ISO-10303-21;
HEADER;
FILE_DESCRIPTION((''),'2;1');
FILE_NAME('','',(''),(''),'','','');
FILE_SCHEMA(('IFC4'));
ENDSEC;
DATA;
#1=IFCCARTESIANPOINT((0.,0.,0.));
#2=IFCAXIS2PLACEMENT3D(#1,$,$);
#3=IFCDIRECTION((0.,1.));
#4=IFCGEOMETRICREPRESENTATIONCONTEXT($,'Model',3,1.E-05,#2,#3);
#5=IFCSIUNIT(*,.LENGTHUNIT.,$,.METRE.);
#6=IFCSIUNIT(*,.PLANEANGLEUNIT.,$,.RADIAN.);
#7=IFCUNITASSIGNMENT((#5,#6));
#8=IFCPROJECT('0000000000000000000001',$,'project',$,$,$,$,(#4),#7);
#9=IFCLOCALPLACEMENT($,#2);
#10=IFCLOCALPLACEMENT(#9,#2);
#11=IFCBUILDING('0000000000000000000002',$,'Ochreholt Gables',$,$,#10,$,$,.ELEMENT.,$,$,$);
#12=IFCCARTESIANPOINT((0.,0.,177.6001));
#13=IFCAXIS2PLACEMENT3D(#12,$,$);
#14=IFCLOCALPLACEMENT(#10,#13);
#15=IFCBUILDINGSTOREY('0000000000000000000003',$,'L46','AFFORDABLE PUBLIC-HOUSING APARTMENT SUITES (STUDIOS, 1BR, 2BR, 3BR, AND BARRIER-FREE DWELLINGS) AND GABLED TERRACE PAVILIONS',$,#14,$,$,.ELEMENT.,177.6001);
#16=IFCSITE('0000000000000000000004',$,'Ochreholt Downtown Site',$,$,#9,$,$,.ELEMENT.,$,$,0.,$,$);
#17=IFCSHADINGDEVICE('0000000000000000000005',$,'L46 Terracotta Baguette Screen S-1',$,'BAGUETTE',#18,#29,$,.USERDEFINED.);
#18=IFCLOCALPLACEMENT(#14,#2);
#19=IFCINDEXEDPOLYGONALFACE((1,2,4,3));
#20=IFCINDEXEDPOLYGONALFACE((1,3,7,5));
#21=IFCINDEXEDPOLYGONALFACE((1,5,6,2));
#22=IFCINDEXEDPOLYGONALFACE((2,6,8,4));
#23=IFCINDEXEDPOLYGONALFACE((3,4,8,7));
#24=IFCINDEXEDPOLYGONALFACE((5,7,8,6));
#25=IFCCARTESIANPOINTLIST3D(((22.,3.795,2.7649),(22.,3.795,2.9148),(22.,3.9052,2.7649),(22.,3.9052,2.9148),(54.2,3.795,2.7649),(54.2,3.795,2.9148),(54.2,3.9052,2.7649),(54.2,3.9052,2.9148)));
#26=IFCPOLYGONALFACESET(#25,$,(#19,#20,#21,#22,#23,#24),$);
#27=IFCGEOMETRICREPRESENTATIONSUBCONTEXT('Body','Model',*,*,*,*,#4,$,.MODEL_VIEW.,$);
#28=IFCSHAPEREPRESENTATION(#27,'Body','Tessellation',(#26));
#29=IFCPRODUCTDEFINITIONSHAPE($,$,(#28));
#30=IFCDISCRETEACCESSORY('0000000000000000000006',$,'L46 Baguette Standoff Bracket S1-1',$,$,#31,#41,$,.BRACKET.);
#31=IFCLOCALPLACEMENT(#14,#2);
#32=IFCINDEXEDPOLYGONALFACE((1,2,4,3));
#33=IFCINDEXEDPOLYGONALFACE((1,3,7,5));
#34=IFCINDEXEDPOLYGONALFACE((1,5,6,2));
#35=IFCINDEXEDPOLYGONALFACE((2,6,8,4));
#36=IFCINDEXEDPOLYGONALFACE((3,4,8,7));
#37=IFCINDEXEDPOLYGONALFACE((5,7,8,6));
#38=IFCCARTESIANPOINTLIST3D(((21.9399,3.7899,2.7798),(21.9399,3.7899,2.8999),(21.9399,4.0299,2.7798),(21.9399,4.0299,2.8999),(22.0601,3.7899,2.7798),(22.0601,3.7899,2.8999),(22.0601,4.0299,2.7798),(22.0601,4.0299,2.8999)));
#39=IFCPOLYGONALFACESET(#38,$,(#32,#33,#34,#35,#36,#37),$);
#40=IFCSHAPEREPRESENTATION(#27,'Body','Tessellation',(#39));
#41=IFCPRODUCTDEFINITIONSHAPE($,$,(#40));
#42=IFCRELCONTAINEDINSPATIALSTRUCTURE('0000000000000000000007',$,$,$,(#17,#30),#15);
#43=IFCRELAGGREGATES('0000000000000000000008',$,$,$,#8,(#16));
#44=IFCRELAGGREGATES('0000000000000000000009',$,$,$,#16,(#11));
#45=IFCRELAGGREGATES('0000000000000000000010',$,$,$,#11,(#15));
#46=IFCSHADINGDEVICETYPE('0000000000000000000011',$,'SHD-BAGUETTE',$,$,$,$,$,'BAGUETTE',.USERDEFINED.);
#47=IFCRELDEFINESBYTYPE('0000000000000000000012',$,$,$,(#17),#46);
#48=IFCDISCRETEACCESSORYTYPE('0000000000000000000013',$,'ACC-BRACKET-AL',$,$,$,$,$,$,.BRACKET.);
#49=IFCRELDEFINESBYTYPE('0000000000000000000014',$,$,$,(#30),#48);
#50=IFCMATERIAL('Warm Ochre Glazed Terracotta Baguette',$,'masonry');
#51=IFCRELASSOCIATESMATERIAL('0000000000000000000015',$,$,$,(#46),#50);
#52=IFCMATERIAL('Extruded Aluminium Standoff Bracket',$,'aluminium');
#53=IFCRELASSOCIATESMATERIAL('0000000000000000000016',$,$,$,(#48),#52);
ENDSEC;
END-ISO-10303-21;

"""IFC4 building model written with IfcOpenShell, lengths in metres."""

from ifc_helpers import new_model, si_unit, direction, frame, origin, origin_2d, place, context, subcontext, project, spatial, rectangle, extrude, material, material_profile, profile_set, type_object, element, save


model = new_model("IFC4")

# Units and contexts
model_context = context("Model", 3, precision=1e-05, world=origin(), true_north=direction((0.0, 1.0)))
body_context = subcontext(model_context, "Body", "Model", "MODEL_VIEW")
ifc_project = project(units=[si_unit("LENGTHUNIT", "METRE"), si_unit("PLANEANGLEUNIT", "RADIAN")], contexts=[model_context])

# Site, building, storey
site_placement = place(None, origin())
site = spatial("IfcSite", under=ifc_project, at=site_placement, Name="Ochreholt Downtown Site", CompositionType="ELEMENT", RefElevation=0.0)
building_placement = place(site_placement, origin())
building = spatial("IfcBuilding", under=site, at=building_placement, Name="Ochreholt Gables", CompositionType="ELEMENT")
storey_placement = place(building_placement, frame((0.0, 0.0, 177.6001)))
storey = spatial("IfcBuildingStorey", under=building, at=storey_placement, Name="L46", Description="AFFORDABLE PUBLIC-HOUSING APARTMENT SUITES (STUDIOS, 1BR, 2BR, 3BR, AND BARRIER-FREE DWELLINGS) AND GABLED TERRACE PAVILIONS", CompositionType="ELEMENT", Elevation=177.6001)

# Shading device
ifc_material_1 = material(Name="Warm Ochre Glazed Terracotta Baguette", Category="masonry")
ifc_material_profile_1 = material_profile(ifc_material_1, rectangle(XDim=0.1101, YDim=0.1499, at=origin_2d()), Name="TCBAG110X150")
ifc_profile_set_1 = profile_set([ifc_material_profile_1], Name="Warm Ochre Glazed Terracotta Baguette")
shading_device_type = type_object("IfcShadingDeviceType", Name="SHD-BAGUETTE", ElementType="BAGUETTE", PredefinedType="USERDEFINED", material=ifc_profile_set_1)
shading_device_placement = place(storey_placement, frame((22.0, 3.8501, 2.8398), z_axis=(1.0, 0.0, 0.0), x_axis=(0.0, 1.0, 0.0)))
element("IfcShadingDevice", 1, at=shading_device_placement, inside=storey, type_object=shading_device_type, Name="L46 Terracotta Baguette Screen S-1", ObjectType="BAGUETTE", PredefinedType="USERDEFINED", context=body_context, shape_type="SweptSolid", body=[
    extrude(rectangle(XDim=0.1101, YDim=0.1499, at=origin_2d()), origin(), (0.0, 0.0, 1.0), 32.2),
])

# Discrete accessory
ifc_material_2 = material(Name="Extruded Aluminium Standoff Bracket", Category="aluminium")
discrete_accessory_type = type_object("IfcDiscreteAccessoryType", Name="ACC-BRACKET-AL", PredefinedType="BRACKET", material=ifc_material_2)
discrete_accessory_placement = place(storey_placement, frame((22.0, 3.9099, 2.7798), z_axis=(0.0, 0.0, 1.0), x_axis=(1.0, 0.0, 0.0)))
element("IfcDiscreteAccessory", 2, at=discrete_accessory_placement, inside=storey, type_object=discrete_accessory_type, Name="L46 Baguette Standoff Bracket S1-1", PredefinedType="BRACKET", context=body_context, shape_type="SweptSolid", body=[
    extrude(rectangle(XDim=0.1201, YDim=0.24, at=origin_2d()), origin(), (0.0, 0.0, 1.0), 0.1201),
])

save(model, "model.ifc")
